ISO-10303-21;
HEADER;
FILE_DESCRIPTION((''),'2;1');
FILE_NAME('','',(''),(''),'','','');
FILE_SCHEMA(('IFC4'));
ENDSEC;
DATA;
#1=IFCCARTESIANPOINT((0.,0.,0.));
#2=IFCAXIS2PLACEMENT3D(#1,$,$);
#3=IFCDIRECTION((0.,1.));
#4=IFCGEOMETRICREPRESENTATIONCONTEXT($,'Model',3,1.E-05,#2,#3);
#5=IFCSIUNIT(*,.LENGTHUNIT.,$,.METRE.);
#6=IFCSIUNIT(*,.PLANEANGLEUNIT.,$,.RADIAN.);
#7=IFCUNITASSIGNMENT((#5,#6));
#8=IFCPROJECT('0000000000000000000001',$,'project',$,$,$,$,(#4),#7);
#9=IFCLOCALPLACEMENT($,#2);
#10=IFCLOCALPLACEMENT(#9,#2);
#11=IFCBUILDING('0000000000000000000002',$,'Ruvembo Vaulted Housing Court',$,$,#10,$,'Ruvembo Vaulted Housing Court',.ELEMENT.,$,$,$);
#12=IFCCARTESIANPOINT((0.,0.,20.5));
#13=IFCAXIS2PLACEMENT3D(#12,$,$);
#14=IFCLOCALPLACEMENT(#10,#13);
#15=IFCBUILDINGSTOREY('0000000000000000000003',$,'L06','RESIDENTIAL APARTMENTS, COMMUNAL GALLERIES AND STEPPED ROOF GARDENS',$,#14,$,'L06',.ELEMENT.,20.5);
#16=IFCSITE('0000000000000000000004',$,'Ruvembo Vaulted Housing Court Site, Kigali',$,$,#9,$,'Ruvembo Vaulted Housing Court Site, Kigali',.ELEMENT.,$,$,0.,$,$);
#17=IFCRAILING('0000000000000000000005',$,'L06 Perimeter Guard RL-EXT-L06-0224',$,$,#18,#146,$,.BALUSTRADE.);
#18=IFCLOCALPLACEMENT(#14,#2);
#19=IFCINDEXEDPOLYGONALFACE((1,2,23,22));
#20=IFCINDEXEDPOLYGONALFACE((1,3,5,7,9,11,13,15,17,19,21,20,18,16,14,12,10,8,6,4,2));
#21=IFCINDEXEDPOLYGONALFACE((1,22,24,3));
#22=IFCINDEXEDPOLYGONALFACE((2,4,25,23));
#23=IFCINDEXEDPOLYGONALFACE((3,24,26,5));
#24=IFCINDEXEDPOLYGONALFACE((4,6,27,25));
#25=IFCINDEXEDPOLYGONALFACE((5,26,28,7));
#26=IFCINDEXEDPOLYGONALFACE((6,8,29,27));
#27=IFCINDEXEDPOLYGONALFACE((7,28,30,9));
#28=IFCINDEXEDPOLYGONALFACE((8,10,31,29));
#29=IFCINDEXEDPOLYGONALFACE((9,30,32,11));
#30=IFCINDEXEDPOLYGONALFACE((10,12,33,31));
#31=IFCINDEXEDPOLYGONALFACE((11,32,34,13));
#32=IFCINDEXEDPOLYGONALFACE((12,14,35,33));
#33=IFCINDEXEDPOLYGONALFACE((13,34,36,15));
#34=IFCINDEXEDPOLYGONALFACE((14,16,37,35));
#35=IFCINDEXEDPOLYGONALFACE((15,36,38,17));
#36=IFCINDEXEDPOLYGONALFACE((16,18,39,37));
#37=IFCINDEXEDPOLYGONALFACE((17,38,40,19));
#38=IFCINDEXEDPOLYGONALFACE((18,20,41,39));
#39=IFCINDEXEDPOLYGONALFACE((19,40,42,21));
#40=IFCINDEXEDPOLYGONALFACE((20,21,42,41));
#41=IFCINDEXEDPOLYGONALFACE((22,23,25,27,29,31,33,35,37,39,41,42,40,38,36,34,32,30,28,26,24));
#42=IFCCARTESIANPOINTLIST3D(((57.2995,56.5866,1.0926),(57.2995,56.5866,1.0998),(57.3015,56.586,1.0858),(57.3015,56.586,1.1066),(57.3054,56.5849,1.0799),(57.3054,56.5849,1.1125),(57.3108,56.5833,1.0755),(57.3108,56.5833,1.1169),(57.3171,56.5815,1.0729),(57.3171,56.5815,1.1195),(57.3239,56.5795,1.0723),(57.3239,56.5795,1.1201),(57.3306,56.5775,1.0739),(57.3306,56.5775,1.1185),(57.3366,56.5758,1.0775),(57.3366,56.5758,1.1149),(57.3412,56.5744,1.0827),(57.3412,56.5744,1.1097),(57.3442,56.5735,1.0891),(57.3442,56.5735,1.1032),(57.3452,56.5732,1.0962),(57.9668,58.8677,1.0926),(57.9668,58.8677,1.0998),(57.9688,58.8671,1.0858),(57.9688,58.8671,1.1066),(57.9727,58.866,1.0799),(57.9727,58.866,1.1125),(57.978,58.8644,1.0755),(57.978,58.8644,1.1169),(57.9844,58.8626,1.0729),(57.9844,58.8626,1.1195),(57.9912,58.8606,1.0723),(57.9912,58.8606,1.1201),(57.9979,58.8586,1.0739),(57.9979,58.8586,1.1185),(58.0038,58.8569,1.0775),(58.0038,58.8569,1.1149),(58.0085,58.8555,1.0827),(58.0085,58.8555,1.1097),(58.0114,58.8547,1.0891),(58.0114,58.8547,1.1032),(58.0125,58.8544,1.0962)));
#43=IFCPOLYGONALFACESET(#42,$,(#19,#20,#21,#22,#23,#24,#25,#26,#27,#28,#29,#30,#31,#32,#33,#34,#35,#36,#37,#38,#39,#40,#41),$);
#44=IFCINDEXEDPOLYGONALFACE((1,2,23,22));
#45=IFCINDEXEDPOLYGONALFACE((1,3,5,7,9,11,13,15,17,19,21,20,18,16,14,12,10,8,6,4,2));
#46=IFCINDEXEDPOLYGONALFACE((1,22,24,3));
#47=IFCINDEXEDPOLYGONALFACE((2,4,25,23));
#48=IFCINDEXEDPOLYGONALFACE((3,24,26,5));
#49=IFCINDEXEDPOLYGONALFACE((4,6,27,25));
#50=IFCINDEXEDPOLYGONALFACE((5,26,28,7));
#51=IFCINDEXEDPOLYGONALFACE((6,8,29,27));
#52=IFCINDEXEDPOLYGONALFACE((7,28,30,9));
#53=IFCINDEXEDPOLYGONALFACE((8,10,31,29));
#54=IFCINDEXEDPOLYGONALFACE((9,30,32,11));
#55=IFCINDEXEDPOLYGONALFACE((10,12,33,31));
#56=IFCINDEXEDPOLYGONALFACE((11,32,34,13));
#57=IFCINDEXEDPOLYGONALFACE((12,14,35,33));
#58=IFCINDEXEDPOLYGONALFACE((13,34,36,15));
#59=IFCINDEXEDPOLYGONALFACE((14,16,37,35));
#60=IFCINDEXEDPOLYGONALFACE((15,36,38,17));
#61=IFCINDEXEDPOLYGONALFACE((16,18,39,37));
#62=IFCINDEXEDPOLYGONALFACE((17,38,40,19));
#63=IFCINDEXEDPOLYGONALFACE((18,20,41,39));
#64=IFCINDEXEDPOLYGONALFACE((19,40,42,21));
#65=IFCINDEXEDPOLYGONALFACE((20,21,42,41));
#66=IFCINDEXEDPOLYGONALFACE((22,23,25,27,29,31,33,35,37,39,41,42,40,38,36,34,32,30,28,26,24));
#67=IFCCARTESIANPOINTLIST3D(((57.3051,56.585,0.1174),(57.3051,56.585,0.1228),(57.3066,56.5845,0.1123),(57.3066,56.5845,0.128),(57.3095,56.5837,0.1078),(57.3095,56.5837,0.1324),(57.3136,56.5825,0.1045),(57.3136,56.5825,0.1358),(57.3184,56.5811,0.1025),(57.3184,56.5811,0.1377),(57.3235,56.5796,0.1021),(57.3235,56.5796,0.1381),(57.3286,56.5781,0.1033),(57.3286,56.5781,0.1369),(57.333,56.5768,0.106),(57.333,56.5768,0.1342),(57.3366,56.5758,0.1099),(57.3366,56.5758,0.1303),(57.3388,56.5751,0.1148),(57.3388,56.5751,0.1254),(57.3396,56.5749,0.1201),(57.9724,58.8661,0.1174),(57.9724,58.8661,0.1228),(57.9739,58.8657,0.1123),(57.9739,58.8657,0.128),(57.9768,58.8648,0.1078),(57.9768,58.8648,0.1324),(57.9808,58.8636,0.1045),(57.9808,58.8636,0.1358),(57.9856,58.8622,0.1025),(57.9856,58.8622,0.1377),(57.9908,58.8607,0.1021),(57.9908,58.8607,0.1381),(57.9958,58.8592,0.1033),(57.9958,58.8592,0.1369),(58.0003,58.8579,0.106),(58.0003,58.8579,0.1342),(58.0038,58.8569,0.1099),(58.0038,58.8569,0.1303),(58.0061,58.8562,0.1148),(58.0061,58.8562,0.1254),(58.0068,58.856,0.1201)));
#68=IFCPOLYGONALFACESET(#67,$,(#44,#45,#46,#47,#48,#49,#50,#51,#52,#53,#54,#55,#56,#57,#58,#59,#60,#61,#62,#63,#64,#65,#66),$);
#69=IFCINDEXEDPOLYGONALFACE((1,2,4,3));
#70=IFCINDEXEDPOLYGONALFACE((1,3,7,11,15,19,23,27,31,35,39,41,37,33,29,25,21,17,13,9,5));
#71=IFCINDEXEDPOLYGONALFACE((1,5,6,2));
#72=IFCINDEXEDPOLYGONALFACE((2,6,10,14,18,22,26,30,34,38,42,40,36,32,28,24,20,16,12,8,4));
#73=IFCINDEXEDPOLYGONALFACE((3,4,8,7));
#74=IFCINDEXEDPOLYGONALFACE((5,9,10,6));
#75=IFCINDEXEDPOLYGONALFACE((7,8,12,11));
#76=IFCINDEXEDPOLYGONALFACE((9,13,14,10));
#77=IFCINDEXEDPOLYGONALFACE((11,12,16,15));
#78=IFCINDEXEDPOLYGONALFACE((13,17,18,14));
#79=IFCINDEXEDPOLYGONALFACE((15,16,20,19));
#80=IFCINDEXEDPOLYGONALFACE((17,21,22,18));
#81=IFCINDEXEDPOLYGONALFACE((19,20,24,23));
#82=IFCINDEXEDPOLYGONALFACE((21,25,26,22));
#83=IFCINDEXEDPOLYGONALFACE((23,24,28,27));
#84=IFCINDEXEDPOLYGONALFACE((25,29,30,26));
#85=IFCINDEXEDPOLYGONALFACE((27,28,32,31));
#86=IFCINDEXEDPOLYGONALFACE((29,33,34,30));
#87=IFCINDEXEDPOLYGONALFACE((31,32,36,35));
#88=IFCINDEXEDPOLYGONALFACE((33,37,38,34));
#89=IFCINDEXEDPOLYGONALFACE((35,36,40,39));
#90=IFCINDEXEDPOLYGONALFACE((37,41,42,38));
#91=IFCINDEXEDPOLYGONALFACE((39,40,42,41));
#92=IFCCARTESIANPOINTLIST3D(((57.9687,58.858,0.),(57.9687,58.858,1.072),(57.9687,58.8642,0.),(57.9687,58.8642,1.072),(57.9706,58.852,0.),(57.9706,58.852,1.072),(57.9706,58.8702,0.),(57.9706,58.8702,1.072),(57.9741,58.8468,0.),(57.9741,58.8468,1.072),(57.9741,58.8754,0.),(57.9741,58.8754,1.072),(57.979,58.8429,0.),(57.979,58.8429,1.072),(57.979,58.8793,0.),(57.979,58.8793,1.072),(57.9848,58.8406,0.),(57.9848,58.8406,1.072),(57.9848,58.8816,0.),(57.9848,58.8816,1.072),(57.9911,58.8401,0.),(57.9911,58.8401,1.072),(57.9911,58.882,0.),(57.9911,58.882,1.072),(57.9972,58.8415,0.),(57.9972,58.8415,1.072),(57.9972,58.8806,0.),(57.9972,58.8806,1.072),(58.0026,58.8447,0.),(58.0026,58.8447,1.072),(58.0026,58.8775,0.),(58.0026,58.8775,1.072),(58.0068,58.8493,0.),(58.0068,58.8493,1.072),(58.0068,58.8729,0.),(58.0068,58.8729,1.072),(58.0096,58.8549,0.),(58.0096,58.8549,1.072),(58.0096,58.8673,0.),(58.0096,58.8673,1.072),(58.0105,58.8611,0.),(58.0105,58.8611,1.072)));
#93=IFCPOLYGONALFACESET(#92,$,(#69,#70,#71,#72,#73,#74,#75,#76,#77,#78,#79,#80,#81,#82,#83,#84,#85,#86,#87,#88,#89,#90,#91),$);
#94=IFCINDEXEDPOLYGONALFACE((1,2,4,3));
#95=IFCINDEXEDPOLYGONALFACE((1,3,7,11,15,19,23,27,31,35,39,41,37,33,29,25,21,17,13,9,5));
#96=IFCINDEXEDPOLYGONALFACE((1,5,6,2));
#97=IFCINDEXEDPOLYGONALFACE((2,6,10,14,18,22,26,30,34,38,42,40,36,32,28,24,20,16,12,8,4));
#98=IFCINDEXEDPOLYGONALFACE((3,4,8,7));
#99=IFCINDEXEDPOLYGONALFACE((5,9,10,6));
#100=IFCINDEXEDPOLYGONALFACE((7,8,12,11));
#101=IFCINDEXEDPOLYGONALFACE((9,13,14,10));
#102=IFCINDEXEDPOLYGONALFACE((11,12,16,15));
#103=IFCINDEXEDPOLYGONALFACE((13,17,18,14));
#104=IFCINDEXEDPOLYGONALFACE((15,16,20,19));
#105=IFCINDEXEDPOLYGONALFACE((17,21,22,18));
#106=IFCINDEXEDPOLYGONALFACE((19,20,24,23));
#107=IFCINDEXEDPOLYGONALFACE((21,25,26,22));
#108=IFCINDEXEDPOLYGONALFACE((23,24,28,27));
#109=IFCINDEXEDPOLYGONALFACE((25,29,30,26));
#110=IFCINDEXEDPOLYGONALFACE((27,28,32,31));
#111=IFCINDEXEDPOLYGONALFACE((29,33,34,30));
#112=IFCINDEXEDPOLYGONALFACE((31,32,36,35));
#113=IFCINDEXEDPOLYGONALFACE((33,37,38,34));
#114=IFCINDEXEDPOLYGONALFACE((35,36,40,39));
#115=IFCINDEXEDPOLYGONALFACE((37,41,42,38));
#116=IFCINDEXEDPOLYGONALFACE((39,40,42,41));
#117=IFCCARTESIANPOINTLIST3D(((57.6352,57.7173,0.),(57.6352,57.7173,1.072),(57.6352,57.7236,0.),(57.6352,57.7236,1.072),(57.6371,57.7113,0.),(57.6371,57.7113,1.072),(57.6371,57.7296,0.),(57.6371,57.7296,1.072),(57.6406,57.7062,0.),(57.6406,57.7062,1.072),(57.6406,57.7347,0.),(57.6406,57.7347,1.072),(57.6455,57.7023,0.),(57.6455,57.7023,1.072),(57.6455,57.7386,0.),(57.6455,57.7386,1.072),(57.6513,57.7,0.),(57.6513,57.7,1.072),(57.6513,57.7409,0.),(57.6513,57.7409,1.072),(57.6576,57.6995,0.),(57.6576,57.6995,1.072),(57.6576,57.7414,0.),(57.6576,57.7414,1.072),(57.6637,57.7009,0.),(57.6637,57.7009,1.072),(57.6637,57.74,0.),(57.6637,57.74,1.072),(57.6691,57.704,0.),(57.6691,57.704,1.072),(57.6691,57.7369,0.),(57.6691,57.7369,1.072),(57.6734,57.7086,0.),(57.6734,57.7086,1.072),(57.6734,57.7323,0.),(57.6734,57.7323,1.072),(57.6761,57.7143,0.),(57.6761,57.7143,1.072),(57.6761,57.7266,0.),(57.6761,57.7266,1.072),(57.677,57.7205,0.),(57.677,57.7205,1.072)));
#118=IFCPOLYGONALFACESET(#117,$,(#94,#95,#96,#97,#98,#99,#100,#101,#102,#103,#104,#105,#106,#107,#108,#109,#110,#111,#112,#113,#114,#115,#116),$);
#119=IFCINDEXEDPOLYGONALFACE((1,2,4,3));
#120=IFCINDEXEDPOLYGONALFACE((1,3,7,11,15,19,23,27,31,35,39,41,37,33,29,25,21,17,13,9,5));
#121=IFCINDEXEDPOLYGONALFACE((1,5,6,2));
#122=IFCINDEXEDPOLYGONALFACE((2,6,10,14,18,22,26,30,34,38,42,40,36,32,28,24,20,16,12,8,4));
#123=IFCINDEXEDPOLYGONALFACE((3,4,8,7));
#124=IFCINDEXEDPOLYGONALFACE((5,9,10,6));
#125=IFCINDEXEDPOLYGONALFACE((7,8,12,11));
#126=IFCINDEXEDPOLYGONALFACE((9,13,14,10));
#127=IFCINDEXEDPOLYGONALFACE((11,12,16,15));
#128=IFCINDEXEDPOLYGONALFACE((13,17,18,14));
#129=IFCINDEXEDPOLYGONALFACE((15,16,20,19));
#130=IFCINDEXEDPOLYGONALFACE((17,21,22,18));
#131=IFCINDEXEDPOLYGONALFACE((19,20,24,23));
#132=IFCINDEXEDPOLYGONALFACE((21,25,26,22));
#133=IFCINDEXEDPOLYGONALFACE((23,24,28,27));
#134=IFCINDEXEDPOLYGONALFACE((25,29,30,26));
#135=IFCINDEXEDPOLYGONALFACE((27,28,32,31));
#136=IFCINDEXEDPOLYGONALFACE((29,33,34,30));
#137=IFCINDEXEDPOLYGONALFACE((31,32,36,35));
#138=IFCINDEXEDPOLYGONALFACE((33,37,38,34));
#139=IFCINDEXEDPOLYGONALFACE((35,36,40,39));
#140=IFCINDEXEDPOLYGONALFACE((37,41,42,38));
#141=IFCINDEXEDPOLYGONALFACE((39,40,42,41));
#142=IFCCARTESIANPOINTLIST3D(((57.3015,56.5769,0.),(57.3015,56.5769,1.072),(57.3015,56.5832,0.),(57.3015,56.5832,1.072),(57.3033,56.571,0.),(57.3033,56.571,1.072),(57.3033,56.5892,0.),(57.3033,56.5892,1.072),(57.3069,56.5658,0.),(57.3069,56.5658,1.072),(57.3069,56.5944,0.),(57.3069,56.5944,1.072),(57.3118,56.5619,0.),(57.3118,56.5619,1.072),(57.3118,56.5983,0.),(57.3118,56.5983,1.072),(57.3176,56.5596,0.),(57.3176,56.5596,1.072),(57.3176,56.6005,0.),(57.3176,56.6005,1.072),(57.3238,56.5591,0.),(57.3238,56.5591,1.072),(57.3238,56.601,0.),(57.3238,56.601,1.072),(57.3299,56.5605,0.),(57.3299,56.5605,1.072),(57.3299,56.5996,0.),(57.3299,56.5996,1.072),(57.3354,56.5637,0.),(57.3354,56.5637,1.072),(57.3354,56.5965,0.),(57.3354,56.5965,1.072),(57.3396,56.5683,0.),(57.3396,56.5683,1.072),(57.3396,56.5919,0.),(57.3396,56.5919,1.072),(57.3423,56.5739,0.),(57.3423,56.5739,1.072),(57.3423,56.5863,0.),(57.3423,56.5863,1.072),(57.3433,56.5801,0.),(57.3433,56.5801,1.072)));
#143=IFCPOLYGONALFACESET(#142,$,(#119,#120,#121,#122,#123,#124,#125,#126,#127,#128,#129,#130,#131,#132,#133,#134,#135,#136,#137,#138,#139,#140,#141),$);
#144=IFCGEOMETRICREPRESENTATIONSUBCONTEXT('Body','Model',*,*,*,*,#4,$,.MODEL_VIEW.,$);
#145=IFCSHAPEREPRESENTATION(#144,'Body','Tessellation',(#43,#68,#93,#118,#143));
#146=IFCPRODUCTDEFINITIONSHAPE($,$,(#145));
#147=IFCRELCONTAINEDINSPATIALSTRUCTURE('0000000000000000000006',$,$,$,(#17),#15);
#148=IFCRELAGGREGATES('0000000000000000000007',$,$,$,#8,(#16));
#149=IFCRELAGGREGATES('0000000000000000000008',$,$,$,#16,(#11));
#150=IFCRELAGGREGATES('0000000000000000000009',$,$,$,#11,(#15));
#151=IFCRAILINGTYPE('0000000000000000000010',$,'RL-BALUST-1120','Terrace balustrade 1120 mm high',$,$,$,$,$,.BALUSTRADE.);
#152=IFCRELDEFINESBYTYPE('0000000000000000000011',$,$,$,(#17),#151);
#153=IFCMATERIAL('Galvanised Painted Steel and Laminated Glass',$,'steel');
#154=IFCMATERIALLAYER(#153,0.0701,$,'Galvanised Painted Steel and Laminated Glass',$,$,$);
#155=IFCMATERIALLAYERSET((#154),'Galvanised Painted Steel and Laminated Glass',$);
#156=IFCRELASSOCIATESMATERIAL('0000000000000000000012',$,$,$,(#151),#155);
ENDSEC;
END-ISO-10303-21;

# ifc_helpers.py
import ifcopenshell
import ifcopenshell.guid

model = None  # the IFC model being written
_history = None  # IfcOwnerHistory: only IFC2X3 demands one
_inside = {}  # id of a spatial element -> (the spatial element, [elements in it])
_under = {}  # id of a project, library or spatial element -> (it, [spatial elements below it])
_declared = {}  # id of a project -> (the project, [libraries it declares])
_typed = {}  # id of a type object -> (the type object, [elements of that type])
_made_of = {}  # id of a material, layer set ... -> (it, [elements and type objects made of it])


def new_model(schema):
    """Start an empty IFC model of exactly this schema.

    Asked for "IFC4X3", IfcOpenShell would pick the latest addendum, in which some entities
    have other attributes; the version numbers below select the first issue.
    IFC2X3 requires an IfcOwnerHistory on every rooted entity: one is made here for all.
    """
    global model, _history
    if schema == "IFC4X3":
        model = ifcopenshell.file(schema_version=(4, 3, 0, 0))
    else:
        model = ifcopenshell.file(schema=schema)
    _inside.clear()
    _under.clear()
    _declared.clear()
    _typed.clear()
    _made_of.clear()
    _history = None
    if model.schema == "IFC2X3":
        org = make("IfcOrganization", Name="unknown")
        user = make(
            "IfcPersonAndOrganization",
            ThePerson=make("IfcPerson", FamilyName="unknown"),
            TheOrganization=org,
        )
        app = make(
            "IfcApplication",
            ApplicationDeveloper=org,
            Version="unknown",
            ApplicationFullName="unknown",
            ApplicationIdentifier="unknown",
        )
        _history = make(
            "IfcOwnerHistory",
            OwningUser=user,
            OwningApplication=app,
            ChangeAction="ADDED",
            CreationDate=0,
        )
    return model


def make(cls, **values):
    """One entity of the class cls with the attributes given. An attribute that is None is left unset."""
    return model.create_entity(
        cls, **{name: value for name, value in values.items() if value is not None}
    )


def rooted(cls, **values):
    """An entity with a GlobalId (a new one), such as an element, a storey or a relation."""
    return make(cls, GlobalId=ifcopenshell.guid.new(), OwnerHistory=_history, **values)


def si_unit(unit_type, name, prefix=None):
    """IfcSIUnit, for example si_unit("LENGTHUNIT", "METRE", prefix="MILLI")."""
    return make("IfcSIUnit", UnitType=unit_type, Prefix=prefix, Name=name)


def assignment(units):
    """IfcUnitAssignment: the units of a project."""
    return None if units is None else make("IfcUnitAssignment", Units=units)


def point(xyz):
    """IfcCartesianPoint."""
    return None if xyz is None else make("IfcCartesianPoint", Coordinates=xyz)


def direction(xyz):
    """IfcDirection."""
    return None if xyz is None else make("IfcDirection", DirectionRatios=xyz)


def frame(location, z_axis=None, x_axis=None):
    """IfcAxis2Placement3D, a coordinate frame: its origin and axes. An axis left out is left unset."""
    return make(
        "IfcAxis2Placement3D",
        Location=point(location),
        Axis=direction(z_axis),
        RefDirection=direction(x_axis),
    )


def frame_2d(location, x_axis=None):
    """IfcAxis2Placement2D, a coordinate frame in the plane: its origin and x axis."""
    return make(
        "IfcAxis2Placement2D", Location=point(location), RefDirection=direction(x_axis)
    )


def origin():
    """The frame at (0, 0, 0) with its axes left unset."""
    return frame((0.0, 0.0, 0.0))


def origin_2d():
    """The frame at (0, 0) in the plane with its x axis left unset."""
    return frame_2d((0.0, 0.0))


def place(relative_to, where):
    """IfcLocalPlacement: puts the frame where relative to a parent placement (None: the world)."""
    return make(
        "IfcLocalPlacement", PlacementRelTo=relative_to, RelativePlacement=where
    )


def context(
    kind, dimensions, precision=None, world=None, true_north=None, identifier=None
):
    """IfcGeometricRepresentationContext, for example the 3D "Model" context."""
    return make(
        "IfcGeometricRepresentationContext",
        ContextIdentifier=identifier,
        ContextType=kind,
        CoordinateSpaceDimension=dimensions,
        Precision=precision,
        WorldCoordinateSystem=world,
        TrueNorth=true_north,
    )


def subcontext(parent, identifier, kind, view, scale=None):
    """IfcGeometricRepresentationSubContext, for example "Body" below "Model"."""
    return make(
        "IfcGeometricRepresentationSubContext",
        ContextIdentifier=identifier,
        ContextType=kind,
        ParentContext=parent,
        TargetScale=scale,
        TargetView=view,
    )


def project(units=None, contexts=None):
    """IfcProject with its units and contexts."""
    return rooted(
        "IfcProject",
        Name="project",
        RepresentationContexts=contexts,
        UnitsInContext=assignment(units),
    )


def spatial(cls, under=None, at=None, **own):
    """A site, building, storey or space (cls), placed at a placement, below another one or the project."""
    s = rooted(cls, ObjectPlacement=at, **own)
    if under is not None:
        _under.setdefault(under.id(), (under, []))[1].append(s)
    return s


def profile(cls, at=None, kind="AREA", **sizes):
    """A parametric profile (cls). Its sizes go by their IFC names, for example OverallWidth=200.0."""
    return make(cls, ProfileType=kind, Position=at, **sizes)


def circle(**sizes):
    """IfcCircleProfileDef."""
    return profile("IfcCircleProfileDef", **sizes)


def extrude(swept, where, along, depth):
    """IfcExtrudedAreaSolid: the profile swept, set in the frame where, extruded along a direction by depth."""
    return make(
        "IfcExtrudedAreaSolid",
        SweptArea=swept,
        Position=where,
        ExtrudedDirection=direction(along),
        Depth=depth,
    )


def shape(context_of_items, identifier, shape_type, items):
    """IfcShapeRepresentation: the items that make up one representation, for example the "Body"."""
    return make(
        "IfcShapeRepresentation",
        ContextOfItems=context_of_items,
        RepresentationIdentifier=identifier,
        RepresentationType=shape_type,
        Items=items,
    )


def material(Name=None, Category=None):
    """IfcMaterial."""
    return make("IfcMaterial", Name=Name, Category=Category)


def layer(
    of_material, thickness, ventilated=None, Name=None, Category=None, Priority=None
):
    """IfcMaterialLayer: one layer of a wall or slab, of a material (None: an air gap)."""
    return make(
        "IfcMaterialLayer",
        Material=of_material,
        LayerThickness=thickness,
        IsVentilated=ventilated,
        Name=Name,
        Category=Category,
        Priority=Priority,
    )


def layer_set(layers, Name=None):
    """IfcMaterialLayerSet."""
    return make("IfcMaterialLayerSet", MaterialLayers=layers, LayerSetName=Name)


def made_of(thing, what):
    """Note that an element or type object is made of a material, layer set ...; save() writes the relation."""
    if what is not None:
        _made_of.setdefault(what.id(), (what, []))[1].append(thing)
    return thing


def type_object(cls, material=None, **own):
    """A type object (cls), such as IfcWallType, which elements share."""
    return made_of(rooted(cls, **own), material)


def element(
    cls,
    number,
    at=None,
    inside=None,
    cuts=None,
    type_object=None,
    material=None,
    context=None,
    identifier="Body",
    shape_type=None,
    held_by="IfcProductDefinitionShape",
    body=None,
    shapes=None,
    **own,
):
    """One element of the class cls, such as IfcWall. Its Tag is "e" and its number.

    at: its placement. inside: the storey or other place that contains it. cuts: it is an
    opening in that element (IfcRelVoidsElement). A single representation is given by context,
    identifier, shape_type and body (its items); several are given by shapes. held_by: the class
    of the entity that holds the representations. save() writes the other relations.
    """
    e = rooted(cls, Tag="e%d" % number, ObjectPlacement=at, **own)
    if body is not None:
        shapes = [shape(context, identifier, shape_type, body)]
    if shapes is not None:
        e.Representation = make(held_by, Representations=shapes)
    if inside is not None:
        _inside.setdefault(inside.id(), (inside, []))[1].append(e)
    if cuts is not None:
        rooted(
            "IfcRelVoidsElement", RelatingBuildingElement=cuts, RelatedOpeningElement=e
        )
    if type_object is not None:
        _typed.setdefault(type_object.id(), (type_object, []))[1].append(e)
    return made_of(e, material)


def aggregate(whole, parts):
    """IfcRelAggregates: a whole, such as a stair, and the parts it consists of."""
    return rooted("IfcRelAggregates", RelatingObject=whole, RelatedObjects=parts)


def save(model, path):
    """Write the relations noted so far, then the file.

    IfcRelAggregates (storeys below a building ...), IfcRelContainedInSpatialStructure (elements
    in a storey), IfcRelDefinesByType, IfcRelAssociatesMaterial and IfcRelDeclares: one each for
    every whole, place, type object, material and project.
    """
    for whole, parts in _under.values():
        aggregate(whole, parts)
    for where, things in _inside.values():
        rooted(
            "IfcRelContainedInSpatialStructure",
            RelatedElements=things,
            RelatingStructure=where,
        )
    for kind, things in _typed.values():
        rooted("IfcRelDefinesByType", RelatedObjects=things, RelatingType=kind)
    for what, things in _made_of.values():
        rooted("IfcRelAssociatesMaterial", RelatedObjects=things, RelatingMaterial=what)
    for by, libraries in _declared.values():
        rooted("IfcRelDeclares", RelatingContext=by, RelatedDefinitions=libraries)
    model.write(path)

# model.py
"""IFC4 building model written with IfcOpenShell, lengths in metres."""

from ifc_helpers import new_model, si_unit, direction, frame, origin, origin_2d, place, context, subcontext, project, spatial, circle, extrude, material, layer, layer_set, type_object, element, save


model = new_model("IFC4")

# Units and contexts
model_context = context("Model", 3, precision=1e-05, world=origin(), true_north=direction((0.0, 1.0)))
body_context = subcontext(model_context, "Body", "Model", "MODEL_VIEW")
ifc_project = project(units=[si_unit("LENGTHUNIT", "METRE"), si_unit("PLANEANGLEUNIT", "RADIAN")], contexts=[model_context])

# Site, building, storey
site_placement = place(None, origin())
site = spatial("IfcSite", under=ifc_project, at=site_placement, Name="Ruvembo Vaulted Housing Court Site, Kigali", LongName="Ruvembo Vaulted Housing Court Site, Kigali", CompositionType="ELEMENT", RefElevation=0.0)
building_placement = place(site_placement, origin())
building = spatial("IfcBuilding", under=site, at=building_placement, Name="Ruvembo Vaulted Housing Court", LongName="Ruvembo Vaulted Housing Court", CompositionType="ELEMENT")
storey_placement = place(building_placement, frame((0.0, 0.0, 20.5)))
storey = spatial("IfcBuildingStorey", under=building, at=storey_placement, Name="L06", Description="RESIDENTIAL APARTMENTS, COMMUNAL GALLERIES AND STEPPED ROOF GARDENS", LongName="L06", CompositionType="ELEMENT", Elevation=20.5)

# Railing
ifc_material_1 = material(Name="Galvanised Painted Steel and Laminated Glass", Category="steel")
ifc_layer = layer(ifc_material_1, 0.0701, Name="Galvanised Painted Steel and Laminated Glass")
ifc_layer_set = layer_set([ifc_layer], Name="Galvanised Painted Steel and Laminated Glass")
railing_type = type_object("IfcRailingType", Name="RL-BALUST-1120", Description="Terrace balustrade 1120 mm high", PredefinedType="BALUSTRADE", material=ifc_layer_set)
railing_1_placement = place(storey_placement, frame((57.9895, 58.8611, 0.0)))
element("IfcRailing", 1, at=railing_1_placement, inside=storey, type_object=railing_type, Name="L06 Perimeter Guard RL-EXT-L06-0224", PredefinedType="BALUSTRADE", context=body_context, shape_type="SweptSolid", body=[
    extrude(circle(Radius=0.0239, at=origin_2d()), frame((0.0, 0.0, 1.0962), z_axis=(-0.280753, -0.95978, 0.0), x_axis=(0.95978, -0.280753, 0.0)), (0.0, 0.0, 1.0), 2.3767),
    extrude(circle(Radius=0.0181, at=origin_2d()), frame((0.0, 0.0, 0.1201), z_axis=(-0.280753, -0.95978, 0.0), x_axis=(0.95978, -0.280753, 0.0)), (0.0, 0.0, 1.0), 2.3767),
    extrude(circle(Radius=0.021, at=origin_2d()), origin(), (0.0, 0.0, 1.0), 1.072),
    extrude(circle(Radius=0.021, at=origin_2d()), frame((-0.3335, -1.1406, 0.0)), (0.0, 0.0, 1.0), 1.072),
    extrude(circle(Radius=0.021, at=origin_2d()), frame((-0.6672, -2.281, 0.0)), (0.0, 0.0, 1.0), 1.072),
])

save(model, "model.ifc")
